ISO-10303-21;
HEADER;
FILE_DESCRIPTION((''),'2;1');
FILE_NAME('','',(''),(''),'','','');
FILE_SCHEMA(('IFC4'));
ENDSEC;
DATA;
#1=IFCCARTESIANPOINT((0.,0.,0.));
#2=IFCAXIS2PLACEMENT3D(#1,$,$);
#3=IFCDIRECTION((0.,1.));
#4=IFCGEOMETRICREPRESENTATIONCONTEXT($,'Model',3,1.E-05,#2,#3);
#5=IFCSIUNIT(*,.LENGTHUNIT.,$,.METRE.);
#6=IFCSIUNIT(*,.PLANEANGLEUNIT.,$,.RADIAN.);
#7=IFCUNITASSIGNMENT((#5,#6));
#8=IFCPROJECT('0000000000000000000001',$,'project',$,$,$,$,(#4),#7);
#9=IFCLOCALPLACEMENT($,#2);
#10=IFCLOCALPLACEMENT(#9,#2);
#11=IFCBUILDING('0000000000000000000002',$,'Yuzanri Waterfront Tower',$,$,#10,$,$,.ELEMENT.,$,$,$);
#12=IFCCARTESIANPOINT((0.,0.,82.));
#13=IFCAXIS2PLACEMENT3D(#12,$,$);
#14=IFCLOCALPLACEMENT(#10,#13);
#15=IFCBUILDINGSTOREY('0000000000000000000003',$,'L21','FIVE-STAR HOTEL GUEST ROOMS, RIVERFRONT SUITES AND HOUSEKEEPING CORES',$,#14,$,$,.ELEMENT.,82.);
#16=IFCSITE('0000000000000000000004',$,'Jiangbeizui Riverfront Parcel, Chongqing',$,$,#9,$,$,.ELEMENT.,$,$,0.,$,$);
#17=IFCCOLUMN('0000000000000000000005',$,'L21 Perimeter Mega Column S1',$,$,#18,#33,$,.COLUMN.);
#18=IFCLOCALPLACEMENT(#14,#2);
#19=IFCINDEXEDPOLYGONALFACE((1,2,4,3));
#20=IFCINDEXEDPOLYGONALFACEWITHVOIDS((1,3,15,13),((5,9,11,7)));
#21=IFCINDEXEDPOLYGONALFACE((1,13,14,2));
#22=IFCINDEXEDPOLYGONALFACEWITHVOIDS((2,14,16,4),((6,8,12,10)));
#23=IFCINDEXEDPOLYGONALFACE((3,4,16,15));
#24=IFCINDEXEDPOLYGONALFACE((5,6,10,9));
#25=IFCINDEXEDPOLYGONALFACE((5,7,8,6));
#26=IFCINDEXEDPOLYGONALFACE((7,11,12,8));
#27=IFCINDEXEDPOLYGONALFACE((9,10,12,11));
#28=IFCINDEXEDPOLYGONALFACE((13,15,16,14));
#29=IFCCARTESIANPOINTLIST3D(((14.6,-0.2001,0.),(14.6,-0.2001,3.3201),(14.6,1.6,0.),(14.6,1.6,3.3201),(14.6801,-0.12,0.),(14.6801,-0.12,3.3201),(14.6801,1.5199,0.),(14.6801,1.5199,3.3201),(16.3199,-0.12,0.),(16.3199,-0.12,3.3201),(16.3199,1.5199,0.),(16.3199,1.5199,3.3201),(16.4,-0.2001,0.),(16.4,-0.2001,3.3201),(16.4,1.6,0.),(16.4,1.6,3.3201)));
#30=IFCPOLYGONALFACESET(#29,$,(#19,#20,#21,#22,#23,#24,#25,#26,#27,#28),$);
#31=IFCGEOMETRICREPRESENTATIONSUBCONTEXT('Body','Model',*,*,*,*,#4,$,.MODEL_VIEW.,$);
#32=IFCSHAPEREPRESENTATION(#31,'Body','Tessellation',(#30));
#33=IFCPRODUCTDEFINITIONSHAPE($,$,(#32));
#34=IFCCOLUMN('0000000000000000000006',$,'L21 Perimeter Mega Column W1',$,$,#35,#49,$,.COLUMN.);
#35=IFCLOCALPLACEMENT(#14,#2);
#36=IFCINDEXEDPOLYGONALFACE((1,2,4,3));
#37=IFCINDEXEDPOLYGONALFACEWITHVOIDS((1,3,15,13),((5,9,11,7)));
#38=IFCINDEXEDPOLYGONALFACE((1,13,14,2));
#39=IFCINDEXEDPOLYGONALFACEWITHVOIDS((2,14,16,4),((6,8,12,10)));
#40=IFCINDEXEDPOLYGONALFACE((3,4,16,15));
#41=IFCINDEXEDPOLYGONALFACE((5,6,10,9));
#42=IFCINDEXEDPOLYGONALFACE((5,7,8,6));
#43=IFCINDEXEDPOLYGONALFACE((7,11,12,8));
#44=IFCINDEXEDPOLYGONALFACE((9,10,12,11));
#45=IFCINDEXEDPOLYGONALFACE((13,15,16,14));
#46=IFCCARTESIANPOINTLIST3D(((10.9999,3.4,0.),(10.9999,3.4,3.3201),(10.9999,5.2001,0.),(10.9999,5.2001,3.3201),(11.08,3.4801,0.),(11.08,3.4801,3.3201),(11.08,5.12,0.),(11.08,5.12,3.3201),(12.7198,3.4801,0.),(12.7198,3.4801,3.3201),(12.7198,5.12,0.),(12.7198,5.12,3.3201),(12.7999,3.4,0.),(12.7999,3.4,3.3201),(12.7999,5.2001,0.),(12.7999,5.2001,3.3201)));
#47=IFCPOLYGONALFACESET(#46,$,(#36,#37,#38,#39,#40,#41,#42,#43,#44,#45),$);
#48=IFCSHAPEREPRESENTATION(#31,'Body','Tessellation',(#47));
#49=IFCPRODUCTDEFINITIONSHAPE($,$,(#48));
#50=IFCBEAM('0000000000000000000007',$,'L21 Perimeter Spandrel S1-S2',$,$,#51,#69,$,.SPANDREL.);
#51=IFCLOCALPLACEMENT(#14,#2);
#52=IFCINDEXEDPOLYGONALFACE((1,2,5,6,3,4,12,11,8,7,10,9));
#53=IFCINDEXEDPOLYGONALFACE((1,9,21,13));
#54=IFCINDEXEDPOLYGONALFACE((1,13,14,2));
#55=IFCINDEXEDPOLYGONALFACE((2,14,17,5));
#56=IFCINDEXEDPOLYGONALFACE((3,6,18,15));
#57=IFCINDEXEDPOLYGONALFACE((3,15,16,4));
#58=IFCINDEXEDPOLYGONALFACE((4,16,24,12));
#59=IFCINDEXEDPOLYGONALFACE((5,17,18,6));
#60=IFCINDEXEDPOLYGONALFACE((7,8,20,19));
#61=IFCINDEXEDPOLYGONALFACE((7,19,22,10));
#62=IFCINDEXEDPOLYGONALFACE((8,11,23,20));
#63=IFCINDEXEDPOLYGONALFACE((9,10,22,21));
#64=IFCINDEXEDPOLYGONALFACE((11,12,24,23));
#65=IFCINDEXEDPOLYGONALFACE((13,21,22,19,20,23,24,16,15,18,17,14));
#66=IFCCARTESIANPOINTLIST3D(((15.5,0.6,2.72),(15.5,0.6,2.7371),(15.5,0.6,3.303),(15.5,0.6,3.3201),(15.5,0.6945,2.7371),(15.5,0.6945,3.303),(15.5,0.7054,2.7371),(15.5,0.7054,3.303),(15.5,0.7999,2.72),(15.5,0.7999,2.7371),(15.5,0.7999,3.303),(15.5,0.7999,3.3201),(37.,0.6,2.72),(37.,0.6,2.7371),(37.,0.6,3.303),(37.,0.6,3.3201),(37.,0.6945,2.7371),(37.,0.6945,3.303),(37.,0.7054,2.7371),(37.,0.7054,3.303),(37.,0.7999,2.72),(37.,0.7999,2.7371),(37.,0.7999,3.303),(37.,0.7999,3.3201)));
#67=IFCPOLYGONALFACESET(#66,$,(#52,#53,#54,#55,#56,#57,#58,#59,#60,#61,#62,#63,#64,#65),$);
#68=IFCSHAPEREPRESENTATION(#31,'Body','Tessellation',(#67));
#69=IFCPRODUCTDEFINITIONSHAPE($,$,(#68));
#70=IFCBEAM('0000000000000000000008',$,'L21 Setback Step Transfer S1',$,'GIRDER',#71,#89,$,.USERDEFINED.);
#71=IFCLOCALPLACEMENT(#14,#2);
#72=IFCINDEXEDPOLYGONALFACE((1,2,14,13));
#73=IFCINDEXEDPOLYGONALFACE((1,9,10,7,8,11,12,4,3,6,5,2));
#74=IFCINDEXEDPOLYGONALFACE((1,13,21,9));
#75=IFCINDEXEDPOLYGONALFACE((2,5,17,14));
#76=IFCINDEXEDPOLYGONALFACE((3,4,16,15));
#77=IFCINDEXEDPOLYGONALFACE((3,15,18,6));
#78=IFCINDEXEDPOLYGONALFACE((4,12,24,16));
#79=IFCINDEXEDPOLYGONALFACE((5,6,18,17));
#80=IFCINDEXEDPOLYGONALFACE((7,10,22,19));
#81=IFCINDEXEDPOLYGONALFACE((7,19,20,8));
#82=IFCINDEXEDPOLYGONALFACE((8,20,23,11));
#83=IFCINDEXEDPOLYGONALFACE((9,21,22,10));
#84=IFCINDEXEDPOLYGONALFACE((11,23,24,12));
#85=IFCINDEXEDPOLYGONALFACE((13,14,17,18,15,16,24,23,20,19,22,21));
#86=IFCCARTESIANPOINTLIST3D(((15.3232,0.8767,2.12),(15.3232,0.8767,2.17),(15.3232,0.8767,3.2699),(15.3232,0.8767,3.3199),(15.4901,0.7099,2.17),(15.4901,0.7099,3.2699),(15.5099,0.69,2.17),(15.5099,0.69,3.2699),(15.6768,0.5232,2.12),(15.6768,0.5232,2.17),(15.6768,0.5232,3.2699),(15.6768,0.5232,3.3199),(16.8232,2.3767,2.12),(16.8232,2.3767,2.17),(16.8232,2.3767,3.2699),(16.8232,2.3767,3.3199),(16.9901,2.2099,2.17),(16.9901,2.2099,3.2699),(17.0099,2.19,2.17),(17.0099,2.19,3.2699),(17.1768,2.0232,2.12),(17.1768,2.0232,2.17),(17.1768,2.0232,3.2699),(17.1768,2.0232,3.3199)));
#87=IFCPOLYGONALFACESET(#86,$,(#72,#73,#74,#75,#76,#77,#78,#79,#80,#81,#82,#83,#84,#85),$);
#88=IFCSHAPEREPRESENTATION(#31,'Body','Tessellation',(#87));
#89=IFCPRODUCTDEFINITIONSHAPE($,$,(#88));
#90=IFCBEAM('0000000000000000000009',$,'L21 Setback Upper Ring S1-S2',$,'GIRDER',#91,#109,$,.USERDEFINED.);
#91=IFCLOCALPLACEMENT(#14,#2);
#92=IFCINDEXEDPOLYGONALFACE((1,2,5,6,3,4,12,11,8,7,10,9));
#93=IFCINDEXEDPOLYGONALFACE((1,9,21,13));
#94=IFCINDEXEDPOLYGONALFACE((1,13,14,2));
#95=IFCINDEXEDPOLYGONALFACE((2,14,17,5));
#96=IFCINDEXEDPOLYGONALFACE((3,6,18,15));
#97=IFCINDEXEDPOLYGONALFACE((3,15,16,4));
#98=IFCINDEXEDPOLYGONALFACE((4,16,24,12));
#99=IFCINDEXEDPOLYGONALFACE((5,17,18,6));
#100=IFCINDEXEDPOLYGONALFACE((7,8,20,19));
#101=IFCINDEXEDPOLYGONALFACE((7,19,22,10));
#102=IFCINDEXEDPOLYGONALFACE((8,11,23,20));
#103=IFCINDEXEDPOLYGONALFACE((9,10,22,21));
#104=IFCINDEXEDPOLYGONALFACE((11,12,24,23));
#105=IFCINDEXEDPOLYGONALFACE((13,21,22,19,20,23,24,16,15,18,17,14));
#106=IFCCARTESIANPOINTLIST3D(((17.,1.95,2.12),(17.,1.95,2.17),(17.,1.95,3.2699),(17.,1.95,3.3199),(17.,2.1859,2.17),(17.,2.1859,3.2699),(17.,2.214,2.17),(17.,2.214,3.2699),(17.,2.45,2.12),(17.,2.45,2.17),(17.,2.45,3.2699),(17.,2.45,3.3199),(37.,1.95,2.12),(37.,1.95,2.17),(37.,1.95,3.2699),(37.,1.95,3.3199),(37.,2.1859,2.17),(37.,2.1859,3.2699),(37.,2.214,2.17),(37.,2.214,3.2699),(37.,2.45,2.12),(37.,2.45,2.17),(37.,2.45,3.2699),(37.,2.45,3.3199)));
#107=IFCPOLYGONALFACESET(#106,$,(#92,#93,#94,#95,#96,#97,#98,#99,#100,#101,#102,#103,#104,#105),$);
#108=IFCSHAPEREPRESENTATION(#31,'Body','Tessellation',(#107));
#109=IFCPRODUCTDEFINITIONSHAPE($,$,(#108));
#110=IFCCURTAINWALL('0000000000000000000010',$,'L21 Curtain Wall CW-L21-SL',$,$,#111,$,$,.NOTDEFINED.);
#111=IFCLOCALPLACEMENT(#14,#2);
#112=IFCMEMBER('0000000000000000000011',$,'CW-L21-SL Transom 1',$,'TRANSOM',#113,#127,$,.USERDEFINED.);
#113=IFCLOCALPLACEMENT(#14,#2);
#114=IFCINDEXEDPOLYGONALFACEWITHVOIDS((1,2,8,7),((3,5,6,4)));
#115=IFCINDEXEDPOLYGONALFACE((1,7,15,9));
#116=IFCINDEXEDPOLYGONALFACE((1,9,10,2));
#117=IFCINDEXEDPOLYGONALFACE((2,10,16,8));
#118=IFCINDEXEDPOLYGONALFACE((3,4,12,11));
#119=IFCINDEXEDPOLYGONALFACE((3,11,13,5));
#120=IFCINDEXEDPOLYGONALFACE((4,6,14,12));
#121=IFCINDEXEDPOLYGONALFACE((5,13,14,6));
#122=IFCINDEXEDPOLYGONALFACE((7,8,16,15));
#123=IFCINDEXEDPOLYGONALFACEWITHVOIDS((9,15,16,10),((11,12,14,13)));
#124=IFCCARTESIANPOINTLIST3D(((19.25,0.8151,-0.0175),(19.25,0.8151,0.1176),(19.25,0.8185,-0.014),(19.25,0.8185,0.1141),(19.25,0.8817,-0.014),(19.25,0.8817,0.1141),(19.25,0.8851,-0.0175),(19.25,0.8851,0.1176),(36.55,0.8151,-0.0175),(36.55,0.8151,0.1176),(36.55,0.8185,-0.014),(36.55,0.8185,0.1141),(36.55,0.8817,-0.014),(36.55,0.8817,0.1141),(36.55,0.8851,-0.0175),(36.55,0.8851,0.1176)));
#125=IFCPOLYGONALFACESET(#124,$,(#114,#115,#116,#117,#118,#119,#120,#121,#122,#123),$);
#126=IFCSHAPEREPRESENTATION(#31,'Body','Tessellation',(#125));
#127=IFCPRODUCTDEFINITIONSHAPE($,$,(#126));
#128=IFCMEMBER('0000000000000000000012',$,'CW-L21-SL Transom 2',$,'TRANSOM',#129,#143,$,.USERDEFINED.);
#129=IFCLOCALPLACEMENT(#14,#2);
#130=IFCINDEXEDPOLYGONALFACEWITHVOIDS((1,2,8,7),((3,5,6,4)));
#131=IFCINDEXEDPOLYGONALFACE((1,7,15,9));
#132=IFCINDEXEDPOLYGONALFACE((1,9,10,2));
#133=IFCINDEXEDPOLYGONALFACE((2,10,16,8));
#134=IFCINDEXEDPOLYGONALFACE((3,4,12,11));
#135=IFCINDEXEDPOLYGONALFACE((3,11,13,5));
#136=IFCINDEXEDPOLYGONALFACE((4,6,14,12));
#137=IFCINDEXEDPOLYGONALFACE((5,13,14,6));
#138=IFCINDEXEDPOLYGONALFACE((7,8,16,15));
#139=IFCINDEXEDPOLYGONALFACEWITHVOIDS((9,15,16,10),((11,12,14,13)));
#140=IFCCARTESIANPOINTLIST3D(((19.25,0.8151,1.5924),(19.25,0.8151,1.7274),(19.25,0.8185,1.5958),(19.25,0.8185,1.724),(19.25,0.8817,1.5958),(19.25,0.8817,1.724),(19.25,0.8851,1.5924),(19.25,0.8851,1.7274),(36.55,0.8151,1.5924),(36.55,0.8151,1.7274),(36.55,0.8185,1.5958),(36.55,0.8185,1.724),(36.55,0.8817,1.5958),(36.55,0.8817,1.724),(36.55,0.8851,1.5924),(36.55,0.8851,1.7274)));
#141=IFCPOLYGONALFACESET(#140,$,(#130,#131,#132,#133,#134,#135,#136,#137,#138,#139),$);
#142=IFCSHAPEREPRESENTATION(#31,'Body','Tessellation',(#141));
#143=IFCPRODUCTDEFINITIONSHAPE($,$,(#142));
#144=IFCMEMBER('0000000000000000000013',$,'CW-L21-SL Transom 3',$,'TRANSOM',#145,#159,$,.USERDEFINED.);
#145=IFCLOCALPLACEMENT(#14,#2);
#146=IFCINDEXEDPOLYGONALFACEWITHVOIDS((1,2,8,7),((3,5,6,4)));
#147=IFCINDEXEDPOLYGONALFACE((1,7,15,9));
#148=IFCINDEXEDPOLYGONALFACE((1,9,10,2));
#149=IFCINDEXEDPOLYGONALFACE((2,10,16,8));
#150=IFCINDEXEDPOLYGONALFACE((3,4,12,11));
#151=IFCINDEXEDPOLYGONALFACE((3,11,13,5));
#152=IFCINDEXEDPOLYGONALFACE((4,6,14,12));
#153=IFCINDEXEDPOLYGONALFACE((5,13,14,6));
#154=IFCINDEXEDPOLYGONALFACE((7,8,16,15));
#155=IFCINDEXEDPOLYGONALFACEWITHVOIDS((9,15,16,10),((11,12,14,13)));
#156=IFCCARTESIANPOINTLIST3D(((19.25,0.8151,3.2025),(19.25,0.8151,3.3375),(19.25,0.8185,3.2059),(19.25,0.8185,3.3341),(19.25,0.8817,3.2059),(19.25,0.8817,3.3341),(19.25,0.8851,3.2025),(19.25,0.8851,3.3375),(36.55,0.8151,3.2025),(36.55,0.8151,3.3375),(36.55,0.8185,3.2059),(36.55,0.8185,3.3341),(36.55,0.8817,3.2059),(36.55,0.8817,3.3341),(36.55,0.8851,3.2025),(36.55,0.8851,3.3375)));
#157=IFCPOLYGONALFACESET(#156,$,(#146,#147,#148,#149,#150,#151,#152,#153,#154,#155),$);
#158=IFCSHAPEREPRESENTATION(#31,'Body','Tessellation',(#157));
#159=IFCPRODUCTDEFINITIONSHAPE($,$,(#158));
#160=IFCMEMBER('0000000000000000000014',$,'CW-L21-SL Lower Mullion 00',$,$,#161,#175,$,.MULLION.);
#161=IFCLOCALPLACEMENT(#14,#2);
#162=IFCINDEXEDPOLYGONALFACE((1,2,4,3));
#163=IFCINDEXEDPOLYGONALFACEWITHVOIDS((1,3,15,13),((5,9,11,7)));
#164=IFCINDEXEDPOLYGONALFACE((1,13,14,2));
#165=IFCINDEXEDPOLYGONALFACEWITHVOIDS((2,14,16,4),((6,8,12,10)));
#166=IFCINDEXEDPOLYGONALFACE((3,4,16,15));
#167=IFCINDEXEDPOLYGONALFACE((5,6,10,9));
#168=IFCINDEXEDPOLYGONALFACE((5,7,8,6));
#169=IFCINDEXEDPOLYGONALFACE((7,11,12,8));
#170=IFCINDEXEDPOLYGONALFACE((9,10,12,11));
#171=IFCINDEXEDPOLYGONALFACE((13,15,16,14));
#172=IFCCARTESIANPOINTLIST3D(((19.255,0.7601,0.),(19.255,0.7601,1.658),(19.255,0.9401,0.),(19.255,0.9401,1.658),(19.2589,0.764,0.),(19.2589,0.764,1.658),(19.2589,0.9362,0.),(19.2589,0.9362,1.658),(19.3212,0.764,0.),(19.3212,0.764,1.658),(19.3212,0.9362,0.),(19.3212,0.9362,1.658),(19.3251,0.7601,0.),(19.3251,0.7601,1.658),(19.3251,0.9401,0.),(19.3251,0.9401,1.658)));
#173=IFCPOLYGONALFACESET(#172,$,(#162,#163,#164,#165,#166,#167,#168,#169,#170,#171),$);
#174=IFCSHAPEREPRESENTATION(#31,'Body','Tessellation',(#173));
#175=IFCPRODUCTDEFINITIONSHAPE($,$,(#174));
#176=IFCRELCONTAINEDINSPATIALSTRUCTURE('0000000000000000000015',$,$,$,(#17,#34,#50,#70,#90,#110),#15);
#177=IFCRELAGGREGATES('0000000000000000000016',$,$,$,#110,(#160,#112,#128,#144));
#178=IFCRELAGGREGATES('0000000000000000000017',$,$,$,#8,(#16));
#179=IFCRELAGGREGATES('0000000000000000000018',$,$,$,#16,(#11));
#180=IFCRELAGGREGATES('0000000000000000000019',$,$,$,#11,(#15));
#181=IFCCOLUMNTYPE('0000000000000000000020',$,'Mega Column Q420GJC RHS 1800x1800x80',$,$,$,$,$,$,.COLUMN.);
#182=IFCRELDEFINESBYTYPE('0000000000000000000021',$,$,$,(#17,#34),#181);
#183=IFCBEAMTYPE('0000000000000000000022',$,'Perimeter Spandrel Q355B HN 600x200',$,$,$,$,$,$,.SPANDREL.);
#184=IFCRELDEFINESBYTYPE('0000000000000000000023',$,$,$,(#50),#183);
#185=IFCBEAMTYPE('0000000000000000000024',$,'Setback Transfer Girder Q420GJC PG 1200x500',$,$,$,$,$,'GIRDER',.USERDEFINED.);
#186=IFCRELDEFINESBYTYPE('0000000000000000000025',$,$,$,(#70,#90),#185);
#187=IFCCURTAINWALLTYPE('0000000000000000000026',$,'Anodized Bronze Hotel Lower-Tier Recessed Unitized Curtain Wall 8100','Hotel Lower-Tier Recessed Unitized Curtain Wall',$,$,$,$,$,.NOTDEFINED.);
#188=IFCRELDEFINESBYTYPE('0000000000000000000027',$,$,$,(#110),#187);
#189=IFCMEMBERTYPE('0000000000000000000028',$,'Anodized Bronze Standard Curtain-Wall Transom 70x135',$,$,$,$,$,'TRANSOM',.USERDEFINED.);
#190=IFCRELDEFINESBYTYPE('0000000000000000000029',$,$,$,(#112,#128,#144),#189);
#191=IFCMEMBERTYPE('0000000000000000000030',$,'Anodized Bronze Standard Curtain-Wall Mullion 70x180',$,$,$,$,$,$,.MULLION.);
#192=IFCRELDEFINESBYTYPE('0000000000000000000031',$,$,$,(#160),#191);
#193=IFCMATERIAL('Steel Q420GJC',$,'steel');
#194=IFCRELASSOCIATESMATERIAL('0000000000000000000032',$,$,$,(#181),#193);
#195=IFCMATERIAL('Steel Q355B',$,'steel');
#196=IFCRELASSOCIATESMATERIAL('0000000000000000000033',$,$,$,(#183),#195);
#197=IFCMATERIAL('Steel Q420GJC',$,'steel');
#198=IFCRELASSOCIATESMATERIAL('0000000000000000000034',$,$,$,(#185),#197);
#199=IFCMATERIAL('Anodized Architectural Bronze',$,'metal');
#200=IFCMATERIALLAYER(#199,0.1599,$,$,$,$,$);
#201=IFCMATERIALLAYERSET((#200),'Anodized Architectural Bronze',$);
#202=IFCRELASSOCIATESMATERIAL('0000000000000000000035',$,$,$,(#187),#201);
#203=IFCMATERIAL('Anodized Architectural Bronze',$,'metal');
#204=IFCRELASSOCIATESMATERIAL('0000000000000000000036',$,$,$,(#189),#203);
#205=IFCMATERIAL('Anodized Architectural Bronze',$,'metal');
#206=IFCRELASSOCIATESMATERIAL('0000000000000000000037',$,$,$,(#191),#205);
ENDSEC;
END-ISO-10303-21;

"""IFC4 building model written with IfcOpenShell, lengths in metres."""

from ifc_helpers import new_model, si_unit, direction, frame, origin, origin_2d, place, context, subcontext, project, spatial, hollow_rectangle, i_section, extrude, source, transform, mapped, material, layer, layer_set, material_profile, profile_set, type_object, element, aggregate, save


model = new_model("IFC4")

# Units and contexts
model_context = context("Model", 3, precision=1e-05, world=origin(), true_north=direction((0.0, 1.0)))
body_context = subcontext(model_context, "Body", "Model", "MODEL_VIEW")
ifc_project = project(units=[si_unit("LENGTHUNIT", "METRE"), si_unit("PLANEANGLEUNIT", "RADIAN")], contexts=[model_context])

# Site, building, storey
site_placement = place(None, origin())
site = spatial("IfcSite", under=ifc_project, at=site_placement, Name="Jiangbeizui Riverfront Parcel, Chongqing", CompositionType="ELEMENT", RefElevation=0.0)
building_placement = place(site_placement, origin())
building = spatial("IfcBuilding", under=site, at=building_placement, Name="Yuzanri Waterfront Tower", CompositionType="ELEMENT")
storey_placement = place(building_placement, frame((0.0, 0.0, 82.0)))
storey = spatial("IfcBuildingStorey", under=building, at=storey_placement, Name="L21", Description="FIVE-STAR HOTEL GUEST ROOMS, RIVERFRONT SUITES AND HOUSEKEEPING CORES", CompositionType="ELEMENT", Elevation=82.0)

# Columns
ifc_material_1 = material(Name="Steel Q420GJC", Category="steel")
ifc_material_profile_1 = material_profile(ifc_material_1, hollow_rectangle(XDim=1.8, YDim=1.8, WallThickness=0.0801, at=origin_2d()), Name="RHS 1800x1800x80")
ifc_profile_set_1 = profile_set([ifc_material_profile_1], Name="Steel Q420GJC")
column_type = type_object("IfcColumnType", Name="Mega Column Q420GJC RHS 1800x1800x80", PredefinedType="COLUMN", material=ifc_profile_set_1)
shared_shape_1 = source(origin(), body_context, "Body", "SweptSolid", [
    extrude(hollow_rectangle(XDim=1.8, YDim=1.8, WallThickness=0.0801, at=origin_2d()), origin(), (0.0, 0.0, 1.0), 3.3201),
])
for number, where, z_axis, x_axis, name in (
    (1, (15.5, 0.7, 0.0), (0.0, 0.0, 1.0), (1.0, 0.0, 0.0), "L21 Perimeter Mega Column S1"),
    (2, (11.8999, 4.3, 0.0), (0.0, 0.0, 1.0), (1.0, 0.0, 0.0), "L21 Perimeter Mega Column W1"),
):
    element("IfcColumn", number, at=place(storey_placement, frame(where, z_axis=z_axis, x_axis=x_axis)), inside=storey, type_object=column_type, Name=name, PredefinedType="COLUMN", context=body_context, shape_type="MappedRepresentation", body=[
        mapped(shared_shape_1, transform((0.0, 0.0, 0.0), scale=1.0)),
    ])

# Beams
ifc_material_2 = material(Name="Steel Q355B", Category="steel")
ifc_material_profile_2 = material_profile(ifc_material_2, i_section(OverallWidth=0.2, OverallDepth=0.6001, WebThickness=0.011, FlangeThickness=0.0171, at=origin_2d()), Name="HN 600x200x11x17")
ifc_profile_set_2 = profile_set([ifc_material_profile_2], Name="Steel Q355B")
beam_type_1 = type_object("IfcBeamType", Name="Perimeter Spandrel Q355B HN 600x200", PredefinedType="SPANDREL", material=ifc_profile_set_2)
shared_shape_2 = source(origin(), body_context, "Body", "SweptSolid", [
    extrude(i_section(OverallWidth=0.2, OverallDepth=0.6001, WebThickness=0.011, FlangeThickness=0.0171, at=origin_2d()), origin(), (0.0, 0.0, 1.0), 21.5),
])
beam_1_placement = place(storey_placement, frame((15.5, 0.7, 3.02), z_axis=(1.0, 0.0, 0.0), x_axis=(0.0, 1.0, 0.0)))
element("IfcBeam", 3, at=beam_1_placement, inside=storey, type_object=beam_type_1, Name="L21 Perimeter Spandrel S1-S2", PredefinedType="SPANDREL", context=body_context, shape_type="MappedRepresentation", body=[
    mapped(shared_shape_2, transform((0.0, 0.0, 0.0), scale=1.0)),
])
ifc_material_3 = material(Name="Steel Q420GJC", Category="steel")
ifc_material_profile_3 = material_profile(ifc_material_3, i_section(OverallWidth=0.5, OverallDepth=1.2, WebThickness=0.0281, FlangeThickness=0.05, at=origin_2d()), Name="PG 1200x500x28x50")
ifc_profile_set_3 = profile_set([ifc_material_profile_3], Name="Steel Q420GJC")
beam_type_2 = type_object("IfcBeamType", Name="Setback Transfer Girder Q420GJC PG 1200x500", ElementType="GIRDER", PredefinedType="USERDEFINED", material=ifc_profile_set_3)
shared_shape_3 = source(origin(), body_context, "Body", "SweptSolid", [
    extrude(i_section(OverallWidth=0.5, OverallDepth=1.2, WebThickness=0.0281, FlangeThickness=0.05, at=origin_2d()), origin(), (0.0, 0.0, 1.0), 2.1213),
])
beam_2_placement = place(storey_placement, frame((17.0, 2.2, 2.72), z_axis=(-0.707107, -0.707107, 0.0), x_axis=(0.707107, -0.707107, 0.0)))
element("IfcBeam", 4, at=beam_2_placement, inside=storey, type_object=beam_type_2, Name="L21 Setback Step Transfer S1", ObjectType="GIRDER", PredefinedType="USERDEFINED", context=body_context, shape_type="MappedRepresentation", body=[
    mapped(shared_shape_3, transform((0.0, 0.0, 0.0), scale=1.0)),
])
shared_shape_4 = source(origin(), body_context, "Body", "SweptSolid", [
    extrude(i_section(OverallWidth=0.5, OverallDepth=1.2, WebThickness=0.0281, FlangeThickness=0.05, at=origin_2d()), origin(), (0.0, 0.0, 1.0), 20.0),
])
beam_3_placement = place(storey_placement, frame((17.0, 2.2, 2.72), z_axis=(1.0, 0.0, 0.0), x_axis=(0.0, 1.0, 0.0)))
element("IfcBeam", 5, at=beam_3_placement, inside=storey, type_object=beam_type_2, Name="L21 Setback Upper Ring S1-S2", ObjectType="GIRDER", PredefinedType="USERDEFINED", context=body_context, shape_type="MappedRepresentation", body=[
    mapped(shared_shape_4, transform((0.0, 0.0, 0.0), scale=1.0)),
])

# Curtain wall, members
ifc_material_4 = material(Name="Anodized Architectural Bronze", Category="metal")
ifc_layer_1 = layer(ifc_material_4, 0.1599)
ifc_layer_set_1 = layer_set([ifc_layer_1], Name="Anodized Architectural Bronze")
curtain_wall_type = type_object("IfcCurtainWallType", Name="Anodized Bronze Hotel Lower-Tier Recessed Unitized Curtain Wall 8100", Description="Hotel Lower-Tier Recessed Unitized Curtain Wall", PredefinedType="NOTDEFINED", material=ifc_layer_set_1)
curtain_wall_placement = place(storey_placement, origin())
curtain_wall = element("IfcCurtainWall", 6, at=curtain_wall_placement, inside=storey, type_object=curtain_wall_type, Name="L21 Curtain Wall CW-L21-SL", PredefinedType="NOTDEFINED")
ifc_material_5 = material(Name="Anodized Architectural Bronze", Category="metal")
ifc_material_profile_4 = material_profile(ifc_material_5, hollow_rectangle(XDim=0.0701, YDim=0.135, WallThickness=0.0034, at=origin_2d()), Name="CWT 70x135")
ifc_profile_set_4 = profile_set([ifc_material_profile_4], Name="Anodized Architectural Bronze")
member_type_1 = type_object("IfcMemberType", Name="Anodized Bronze Standard Curtain-Wall Transom 70x135", ElementType="TRANSOM", PredefinedType="USERDEFINED", material=ifc_profile_set_4)
shared_shape_5 = source(origin(), body_context, "Body", "SweptSolid", [
    extrude(hollow_rectangle(XDim=0.0701, YDim=0.135, WallThickness=0.0034, at=origin_2d()), origin(), (0.0, 0.0, 1.0), 17.3),
])
member_1_placement = place(storey_placement, frame((19.25, 0.8501, 0.05), z_axis=(1.0, 0.0, 0.0), x_axis=(0.0, 1.0, 0.0)))
member_1 = element("IfcMember", 7, at=member_1_placement, type_object=member_type_1, Name="CW-L21-SL Transom 1", ObjectType="TRANSOM", PredefinedType="USERDEFINED", context=body_context, shape_type="MappedRepresentation", body=[
    mapped(shared_shape_5, transform((0.0, 0.0, 0.0), scale=1.0)),
])
member_2_placement = place(storey_placement, frame((19.25, 0.8501, 1.6599), z_axis=(1.0, 0.0, 0.0), x_axis=(0.0, 1.0, 0.0)))
member_2 = element("IfcMember", 8, at=member_2_placement, type_object=member_type_1, Name="CW-L21-SL Transom 2", ObjectType="TRANSOM", PredefinedType="USERDEFINED", context=body_context, shape_type="MappedRepresentation", body=[
    mapped(shared_shape_5, transform((0.0, 0.0, 0.0), scale=1.0)),
])
member_3_placement = place(storey_placement, frame((19.25, 0.8501, 3.27), z_axis=(1.0, 0.0, 0.0), x_axis=(0.0, 1.0, 0.0)))
member_3 = element("IfcMember", 9, at=member_3_placement, type_object=member_type_1, Name="CW-L21-SL Transom 3", ObjectType="TRANSOM", PredefinedType="USERDEFINED", context=body_context, shape_type="MappedRepresentation", body=[
    mapped(shared_shape_5, transform((0.0, 0.0, 0.0), scale=1.0)),
])
ifc_material_6 = material(Name="Anodized Architectural Bronze", Category="metal")
ifc_material_profile_5 = material_profile(ifc_material_6, hollow_rectangle(XDim=0.0701, YDim=0.1799, WallThickness=0.0039, at=origin_2d()), Name="CWM 70x180")
ifc_profile_set_5 = profile_set([ifc_material_profile_5], Name="Anodized Architectural Bronze")
member_type_2 = type_object("IfcMemberType", Name="Anodized Bronze Standard Curtain-Wall Mullion 70x180", PredefinedType="MULLION", material=ifc_profile_set_5)
shared_shape_6 = source(origin(), body_context, "Body", "SweptSolid", [
    extrude(hollow_rectangle(XDim=0.0701, YDim=0.1799, WallThickness=0.0039, at=origin_2d()), origin(), (0.0, 0.0, 1.0), 1.658),
])
member_4_placement = place(storey_placement, frame((19.29, 0.8501, 0.0), z_axis=(0.0, 0.0, 1.0), x_axis=(1.0, 0.0, 0.0)))
member_4 = element("IfcMember", 10, at=member_4_placement, type_object=member_type_2, Name="CW-L21-SL Lower Mullion 00", PredefinedType="MULLION", context=body_context, shape_type="MappedRepresentation", body=[
    mapped(shared_shape_6, transform((0.0, 0.0, 0.0), scale=1.0)),
])
aggregate(curtain_wall, [member_4, member_1, member_2, member_3])

save(model, "model.ifc")
